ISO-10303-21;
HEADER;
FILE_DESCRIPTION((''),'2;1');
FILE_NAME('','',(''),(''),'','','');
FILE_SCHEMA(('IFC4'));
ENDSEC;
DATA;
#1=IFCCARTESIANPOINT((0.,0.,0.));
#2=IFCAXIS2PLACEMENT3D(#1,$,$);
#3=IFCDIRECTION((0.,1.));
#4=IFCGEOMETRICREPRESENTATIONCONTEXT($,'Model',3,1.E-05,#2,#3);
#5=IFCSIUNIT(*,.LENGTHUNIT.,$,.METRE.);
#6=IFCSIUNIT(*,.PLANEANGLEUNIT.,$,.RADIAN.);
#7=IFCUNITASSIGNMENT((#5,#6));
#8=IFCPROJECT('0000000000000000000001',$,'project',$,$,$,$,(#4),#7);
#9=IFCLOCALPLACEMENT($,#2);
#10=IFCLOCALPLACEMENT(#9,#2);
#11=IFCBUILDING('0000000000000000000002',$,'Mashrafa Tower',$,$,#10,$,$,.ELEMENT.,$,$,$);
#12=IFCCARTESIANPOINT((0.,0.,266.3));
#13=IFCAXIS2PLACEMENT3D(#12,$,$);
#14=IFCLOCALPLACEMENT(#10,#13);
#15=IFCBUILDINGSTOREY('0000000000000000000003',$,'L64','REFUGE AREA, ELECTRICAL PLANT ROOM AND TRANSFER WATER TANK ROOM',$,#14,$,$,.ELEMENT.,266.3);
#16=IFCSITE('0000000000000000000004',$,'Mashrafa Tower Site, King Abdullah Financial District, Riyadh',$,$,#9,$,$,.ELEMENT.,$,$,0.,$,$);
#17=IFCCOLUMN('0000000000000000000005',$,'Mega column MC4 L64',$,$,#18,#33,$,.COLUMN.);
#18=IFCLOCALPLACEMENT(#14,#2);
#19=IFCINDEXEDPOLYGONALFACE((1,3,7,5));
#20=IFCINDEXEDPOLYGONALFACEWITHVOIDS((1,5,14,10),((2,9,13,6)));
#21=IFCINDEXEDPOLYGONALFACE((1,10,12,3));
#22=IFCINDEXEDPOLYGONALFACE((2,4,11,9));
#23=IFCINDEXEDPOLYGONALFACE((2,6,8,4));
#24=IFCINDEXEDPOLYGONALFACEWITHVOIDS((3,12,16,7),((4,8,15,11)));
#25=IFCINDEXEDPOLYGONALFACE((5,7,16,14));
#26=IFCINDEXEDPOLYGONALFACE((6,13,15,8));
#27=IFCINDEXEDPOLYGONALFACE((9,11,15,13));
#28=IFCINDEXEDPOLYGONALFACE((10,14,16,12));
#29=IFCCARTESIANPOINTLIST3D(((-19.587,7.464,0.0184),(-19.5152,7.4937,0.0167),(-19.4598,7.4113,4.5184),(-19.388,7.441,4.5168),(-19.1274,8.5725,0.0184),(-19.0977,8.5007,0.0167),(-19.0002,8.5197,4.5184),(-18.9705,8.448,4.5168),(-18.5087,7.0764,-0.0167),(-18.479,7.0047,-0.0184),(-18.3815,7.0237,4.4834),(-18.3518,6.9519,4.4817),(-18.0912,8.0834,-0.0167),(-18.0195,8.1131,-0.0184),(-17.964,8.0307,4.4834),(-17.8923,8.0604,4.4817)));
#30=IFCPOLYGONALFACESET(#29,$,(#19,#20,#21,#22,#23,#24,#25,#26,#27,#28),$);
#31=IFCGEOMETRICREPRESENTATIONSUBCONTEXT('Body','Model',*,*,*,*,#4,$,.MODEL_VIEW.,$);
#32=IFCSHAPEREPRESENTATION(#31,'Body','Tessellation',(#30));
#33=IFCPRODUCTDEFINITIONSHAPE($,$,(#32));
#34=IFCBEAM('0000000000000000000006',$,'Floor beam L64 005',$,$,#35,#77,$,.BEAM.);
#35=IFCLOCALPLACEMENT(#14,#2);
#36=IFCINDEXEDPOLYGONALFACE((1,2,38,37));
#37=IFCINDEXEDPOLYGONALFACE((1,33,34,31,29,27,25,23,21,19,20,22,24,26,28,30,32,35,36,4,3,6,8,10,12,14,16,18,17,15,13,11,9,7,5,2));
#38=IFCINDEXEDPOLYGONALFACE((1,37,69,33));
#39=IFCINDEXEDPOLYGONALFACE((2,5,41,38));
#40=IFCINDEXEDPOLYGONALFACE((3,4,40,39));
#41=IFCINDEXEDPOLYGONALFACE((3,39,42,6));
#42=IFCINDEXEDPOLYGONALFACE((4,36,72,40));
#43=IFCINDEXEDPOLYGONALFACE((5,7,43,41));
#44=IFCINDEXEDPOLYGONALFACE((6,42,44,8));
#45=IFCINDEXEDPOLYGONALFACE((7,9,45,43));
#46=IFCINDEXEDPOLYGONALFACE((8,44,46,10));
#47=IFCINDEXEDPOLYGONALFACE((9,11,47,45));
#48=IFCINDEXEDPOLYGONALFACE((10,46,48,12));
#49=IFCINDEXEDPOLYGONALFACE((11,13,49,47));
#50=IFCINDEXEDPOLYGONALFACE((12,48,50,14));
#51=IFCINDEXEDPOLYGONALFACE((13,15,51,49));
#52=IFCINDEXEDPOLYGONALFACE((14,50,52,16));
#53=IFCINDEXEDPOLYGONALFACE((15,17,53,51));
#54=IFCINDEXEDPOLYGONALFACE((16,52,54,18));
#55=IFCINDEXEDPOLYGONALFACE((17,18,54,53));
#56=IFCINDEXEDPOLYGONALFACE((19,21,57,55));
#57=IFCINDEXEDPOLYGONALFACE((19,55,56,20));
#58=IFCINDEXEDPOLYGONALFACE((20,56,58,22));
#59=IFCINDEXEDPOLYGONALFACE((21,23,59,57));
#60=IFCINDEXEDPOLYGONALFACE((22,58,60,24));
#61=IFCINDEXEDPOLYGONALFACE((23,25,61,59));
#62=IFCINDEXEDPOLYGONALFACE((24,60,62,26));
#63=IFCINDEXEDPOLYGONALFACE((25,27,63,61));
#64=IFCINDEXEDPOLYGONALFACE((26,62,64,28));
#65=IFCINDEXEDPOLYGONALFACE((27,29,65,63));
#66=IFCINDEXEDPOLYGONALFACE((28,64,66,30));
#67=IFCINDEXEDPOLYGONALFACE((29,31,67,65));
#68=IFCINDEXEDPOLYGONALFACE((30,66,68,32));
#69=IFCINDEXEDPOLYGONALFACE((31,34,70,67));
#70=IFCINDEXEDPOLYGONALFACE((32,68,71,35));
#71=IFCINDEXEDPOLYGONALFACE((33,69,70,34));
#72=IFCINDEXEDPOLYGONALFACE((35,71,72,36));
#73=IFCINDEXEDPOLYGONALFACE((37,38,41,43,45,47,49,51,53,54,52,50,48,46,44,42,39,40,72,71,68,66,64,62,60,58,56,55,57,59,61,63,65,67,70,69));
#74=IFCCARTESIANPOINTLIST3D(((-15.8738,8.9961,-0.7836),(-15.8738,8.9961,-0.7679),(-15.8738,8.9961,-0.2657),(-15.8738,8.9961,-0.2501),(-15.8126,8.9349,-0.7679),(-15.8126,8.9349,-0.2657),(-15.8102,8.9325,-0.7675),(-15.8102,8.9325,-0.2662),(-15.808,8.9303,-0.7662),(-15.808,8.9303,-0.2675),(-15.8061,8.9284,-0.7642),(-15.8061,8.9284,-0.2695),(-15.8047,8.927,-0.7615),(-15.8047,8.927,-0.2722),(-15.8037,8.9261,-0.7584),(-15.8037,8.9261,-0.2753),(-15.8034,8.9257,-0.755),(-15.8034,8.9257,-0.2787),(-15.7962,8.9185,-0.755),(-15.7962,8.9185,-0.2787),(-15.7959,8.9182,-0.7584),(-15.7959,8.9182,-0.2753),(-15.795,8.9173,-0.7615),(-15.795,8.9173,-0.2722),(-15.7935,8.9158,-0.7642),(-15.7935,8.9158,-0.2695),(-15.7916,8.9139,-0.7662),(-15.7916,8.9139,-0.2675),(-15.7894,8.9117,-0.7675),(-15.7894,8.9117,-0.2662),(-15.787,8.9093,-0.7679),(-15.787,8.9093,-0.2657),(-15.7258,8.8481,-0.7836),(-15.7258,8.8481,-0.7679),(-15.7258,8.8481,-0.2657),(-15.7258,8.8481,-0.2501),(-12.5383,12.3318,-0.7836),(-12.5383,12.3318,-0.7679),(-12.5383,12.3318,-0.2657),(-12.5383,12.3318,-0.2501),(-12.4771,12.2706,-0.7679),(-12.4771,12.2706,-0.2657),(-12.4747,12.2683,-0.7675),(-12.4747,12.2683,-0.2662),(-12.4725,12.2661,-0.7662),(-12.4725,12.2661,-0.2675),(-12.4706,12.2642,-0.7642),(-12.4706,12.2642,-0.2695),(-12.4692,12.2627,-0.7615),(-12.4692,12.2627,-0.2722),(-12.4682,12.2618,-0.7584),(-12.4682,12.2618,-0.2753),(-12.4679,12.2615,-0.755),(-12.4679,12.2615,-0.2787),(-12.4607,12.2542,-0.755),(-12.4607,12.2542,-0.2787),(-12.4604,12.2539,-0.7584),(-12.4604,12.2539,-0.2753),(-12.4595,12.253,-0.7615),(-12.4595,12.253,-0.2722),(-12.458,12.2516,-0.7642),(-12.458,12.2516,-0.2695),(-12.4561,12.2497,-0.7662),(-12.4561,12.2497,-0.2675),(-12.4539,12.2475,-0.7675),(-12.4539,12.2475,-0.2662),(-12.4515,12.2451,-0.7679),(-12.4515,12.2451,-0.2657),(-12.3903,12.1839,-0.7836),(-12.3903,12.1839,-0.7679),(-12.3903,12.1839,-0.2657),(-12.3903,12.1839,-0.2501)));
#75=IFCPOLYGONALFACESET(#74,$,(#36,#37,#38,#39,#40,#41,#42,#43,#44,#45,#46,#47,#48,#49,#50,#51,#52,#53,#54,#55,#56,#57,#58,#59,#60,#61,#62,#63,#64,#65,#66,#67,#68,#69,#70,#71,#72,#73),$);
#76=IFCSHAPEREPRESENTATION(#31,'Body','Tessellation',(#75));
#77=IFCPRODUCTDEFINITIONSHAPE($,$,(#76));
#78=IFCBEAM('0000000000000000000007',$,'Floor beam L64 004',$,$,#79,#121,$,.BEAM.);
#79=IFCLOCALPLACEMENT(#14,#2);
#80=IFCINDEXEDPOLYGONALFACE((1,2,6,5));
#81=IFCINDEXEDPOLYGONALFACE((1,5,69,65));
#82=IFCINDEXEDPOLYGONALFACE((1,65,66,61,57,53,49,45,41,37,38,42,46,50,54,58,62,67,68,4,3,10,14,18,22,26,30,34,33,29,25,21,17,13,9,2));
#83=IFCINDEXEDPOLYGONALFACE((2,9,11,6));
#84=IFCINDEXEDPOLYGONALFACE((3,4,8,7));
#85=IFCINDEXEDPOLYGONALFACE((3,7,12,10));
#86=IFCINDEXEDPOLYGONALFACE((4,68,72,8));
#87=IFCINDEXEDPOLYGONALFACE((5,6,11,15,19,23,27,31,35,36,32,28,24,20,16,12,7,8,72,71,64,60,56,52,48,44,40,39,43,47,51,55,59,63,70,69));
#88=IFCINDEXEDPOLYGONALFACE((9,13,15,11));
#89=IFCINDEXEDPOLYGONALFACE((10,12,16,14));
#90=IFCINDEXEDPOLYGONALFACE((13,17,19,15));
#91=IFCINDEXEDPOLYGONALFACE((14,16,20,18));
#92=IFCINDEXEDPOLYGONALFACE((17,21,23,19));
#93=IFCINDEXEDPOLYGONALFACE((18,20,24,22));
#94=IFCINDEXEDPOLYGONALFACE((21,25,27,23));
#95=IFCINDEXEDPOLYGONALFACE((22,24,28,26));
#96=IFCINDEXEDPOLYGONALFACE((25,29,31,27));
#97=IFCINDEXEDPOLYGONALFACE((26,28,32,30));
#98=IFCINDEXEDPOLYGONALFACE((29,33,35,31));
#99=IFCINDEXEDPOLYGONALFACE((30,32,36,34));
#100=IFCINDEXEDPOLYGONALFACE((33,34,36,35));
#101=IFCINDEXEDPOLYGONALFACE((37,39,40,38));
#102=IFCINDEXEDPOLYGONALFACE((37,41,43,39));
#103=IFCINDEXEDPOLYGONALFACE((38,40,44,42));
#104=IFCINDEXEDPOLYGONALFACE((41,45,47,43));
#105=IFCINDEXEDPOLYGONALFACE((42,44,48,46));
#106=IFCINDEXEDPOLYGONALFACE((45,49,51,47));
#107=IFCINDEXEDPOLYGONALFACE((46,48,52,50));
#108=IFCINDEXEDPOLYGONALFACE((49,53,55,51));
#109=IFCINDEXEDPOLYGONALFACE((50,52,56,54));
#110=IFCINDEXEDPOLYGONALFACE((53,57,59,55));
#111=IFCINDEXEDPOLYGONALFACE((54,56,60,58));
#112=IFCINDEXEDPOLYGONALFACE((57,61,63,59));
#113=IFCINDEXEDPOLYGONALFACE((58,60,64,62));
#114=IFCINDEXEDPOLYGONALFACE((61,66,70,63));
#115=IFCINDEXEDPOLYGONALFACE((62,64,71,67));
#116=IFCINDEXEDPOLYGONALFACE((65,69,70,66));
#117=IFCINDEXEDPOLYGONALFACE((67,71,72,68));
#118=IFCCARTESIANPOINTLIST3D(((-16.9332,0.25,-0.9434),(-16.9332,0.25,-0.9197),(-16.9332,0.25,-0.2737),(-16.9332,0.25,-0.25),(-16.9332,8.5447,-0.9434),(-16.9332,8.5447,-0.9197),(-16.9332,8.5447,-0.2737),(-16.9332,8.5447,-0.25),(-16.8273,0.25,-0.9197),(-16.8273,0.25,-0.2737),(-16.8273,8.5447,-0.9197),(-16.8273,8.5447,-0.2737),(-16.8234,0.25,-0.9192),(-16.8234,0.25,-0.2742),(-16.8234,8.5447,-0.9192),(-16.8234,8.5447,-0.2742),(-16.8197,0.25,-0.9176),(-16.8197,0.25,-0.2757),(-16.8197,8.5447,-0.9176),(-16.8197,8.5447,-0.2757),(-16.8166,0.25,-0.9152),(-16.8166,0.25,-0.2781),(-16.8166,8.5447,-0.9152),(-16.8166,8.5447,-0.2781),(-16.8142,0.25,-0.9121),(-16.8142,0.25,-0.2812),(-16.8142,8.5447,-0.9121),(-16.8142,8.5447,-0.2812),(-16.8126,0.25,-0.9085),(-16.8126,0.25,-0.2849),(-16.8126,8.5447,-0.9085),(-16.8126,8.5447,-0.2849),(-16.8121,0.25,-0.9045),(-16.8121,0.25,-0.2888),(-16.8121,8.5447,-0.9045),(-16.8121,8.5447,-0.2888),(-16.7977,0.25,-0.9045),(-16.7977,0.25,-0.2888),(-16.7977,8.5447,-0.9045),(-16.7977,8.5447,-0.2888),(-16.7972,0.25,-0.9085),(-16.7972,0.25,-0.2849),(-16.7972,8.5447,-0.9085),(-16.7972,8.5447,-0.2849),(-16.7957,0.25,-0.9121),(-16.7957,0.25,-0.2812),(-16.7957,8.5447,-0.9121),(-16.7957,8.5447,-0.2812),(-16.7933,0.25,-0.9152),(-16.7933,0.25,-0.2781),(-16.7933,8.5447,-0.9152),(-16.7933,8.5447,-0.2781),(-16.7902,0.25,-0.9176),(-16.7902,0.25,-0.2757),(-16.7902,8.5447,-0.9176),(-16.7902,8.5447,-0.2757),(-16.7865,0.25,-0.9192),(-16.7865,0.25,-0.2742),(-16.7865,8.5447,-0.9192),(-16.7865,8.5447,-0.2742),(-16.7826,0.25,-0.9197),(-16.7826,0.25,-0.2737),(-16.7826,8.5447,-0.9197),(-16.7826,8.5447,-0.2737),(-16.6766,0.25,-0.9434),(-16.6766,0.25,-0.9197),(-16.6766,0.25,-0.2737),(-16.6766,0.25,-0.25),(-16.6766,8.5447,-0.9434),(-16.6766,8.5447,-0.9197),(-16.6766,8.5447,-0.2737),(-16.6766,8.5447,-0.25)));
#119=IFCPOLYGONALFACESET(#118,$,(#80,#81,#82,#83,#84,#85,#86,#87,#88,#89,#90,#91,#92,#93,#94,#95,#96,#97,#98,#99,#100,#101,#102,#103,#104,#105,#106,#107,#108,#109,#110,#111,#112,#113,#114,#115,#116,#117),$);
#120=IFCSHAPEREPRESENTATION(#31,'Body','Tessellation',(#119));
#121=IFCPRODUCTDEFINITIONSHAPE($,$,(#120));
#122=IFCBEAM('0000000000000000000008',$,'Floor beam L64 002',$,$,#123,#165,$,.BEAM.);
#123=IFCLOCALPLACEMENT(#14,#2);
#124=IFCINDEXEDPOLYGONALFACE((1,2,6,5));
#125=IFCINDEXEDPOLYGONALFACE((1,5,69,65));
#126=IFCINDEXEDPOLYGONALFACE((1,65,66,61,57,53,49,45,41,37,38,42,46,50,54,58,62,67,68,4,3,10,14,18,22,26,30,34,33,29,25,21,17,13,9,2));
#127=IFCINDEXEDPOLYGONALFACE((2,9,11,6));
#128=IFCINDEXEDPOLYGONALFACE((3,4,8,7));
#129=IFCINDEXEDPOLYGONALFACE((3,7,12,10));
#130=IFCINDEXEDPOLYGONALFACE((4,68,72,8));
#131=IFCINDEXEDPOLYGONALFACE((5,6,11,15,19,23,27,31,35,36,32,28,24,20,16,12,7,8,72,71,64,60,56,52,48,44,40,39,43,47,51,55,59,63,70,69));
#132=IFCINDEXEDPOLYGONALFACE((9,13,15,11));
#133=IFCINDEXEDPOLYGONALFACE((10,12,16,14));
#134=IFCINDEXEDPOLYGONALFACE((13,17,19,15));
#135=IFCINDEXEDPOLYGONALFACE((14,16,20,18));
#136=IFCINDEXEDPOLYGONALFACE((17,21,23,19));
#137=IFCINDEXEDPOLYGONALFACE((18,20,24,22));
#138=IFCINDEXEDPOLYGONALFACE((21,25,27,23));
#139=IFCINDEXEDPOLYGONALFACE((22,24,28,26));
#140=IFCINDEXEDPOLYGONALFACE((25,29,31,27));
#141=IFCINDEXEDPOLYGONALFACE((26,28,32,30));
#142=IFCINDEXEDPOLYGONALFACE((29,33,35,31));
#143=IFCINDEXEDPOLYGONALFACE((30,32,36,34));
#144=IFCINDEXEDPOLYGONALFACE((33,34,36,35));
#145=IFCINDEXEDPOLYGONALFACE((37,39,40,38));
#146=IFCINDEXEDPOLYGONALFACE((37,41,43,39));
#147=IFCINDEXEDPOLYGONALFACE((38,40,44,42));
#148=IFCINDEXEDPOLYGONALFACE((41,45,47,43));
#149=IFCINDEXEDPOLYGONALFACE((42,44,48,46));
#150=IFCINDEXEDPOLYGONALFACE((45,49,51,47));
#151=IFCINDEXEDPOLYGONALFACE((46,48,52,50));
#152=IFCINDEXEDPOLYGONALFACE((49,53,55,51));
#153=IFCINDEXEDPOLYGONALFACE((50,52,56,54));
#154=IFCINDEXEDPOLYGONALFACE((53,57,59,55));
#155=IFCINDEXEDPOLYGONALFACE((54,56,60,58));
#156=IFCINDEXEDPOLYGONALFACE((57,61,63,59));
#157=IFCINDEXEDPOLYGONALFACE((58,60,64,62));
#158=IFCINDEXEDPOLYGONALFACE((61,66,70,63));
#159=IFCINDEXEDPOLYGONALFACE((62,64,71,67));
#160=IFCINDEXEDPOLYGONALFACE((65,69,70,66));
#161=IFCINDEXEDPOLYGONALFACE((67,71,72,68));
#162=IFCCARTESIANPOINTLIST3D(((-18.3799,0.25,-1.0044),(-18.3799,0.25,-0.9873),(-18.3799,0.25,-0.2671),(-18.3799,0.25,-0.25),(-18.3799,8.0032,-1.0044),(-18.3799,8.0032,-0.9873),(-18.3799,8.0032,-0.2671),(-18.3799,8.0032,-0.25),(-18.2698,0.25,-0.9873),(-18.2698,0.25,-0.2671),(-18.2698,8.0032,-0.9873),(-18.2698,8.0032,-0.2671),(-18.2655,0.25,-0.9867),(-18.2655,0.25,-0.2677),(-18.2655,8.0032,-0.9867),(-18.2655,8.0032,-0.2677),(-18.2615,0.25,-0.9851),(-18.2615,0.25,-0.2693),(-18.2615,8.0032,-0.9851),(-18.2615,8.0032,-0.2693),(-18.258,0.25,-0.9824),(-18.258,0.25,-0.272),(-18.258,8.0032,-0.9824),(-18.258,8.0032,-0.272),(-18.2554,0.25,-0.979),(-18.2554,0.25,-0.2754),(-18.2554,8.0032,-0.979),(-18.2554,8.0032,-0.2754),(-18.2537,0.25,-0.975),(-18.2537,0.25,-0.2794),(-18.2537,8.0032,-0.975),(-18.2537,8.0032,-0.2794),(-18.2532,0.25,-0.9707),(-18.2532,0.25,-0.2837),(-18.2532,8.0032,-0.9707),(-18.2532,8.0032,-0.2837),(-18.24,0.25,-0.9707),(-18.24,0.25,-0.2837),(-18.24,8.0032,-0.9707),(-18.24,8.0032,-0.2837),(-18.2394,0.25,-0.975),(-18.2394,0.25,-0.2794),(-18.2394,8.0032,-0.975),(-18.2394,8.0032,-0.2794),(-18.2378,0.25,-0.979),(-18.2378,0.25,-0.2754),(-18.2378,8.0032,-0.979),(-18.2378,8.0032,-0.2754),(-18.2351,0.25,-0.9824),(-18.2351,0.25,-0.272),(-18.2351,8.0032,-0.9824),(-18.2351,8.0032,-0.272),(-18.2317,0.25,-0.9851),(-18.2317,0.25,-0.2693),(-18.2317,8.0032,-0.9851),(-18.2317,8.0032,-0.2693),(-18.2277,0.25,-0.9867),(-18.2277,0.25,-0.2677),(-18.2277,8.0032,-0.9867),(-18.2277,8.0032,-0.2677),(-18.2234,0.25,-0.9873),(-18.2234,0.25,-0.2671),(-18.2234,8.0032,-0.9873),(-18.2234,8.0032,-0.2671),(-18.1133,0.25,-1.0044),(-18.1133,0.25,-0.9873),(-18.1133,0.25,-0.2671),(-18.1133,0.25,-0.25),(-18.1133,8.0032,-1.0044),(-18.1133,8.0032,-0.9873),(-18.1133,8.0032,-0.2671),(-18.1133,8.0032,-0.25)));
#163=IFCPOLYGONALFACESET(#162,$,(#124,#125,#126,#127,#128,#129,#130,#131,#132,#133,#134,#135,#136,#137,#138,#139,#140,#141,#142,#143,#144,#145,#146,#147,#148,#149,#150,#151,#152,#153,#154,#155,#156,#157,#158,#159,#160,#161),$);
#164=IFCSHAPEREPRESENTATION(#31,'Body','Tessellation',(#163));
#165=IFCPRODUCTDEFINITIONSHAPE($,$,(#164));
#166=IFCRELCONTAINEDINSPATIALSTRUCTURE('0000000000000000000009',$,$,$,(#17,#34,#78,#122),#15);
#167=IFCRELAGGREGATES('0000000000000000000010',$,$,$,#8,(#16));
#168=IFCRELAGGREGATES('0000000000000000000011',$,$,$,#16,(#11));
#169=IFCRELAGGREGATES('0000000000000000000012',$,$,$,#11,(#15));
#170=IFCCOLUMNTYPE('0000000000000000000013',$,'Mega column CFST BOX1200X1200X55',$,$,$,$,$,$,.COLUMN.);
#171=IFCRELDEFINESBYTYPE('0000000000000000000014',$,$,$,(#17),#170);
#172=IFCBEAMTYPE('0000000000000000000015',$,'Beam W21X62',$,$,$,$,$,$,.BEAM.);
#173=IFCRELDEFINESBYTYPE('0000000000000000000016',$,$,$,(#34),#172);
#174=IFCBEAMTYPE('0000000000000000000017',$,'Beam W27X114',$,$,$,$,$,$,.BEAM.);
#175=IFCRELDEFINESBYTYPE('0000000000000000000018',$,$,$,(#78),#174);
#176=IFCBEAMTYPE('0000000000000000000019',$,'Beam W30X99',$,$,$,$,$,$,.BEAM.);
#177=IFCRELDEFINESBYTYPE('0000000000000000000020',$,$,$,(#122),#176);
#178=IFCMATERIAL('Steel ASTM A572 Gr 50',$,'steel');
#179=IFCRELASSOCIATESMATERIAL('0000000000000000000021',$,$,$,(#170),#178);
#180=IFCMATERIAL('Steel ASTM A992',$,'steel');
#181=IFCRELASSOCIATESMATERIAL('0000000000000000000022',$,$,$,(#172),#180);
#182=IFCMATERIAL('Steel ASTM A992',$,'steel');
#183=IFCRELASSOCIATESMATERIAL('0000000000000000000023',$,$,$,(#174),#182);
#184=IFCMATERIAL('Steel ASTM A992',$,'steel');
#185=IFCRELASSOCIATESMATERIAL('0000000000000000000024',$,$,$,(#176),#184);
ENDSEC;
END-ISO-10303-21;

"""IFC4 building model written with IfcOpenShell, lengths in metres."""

from ifc_helpers import new_model, si_unit, direction, frame, origin, origin_2d, place, context, subcontext, project, spatial, hollow_rectangle, i_section, extrude, material, material_profile, profile_set, type_object, element, save


model = new_model("IFC4")

# Units and contexts
model_context = context("Model", 3, precision=1e-05, world=origin(), true_north=direction((0.0, 1.0)))
body_context = subcontext(model_context, "Body", "Model", "MODEL_VIEW")
ifc_project = project(units=[si_unit("LENGTHUNIT", "METRE"), si_unit("PLANEANGLEUNIT", "RADIAN")], contexts=[model_context])

# Site, building, storey
site_placement = place(None, origin())
site = spatial("IfcSite", under=ifc_project, at=site_placement, Name="Mashrafa Tower Site, King Abdullah Financial District, Riyadh", CompositionType="ELEMENT", RefElevation=0.0)
building_placement = place(site_placement, origin())
building = spatial("IfcBuilding", under=site, at=building_placement, Name="Mashrafa Tower", CompositionType="ELEMENT")
storey_placement = place(building_placement, frame((0.0, 0.0, 266.3)))
storey = spatial("IfcBuildingStorey", under=building, at=storey_placement, Name="L64", Description="REFUGE AREA, ELECTRICAL PLANT ROOM AND TRANSFER WATER TANK ROOM", CompositionType="ELEMENT", Elevation=266.3)

# Column
ifc_material_1 = material(Name="Steel ASTM A572 Gr 50", Category="steel")
ifc_material_profile_1 = material_profile(ifc_material_1, hollow_rectangle(XDim=1.2, YDim=1.2, WallThickness=0.0549, at=origin_2d()), Name="BOX1200X1200X55")
ifc_profile_set_1 = profile_set([ifc_material_profile_1], Name="Steel ASTM A572 Gr 50")
column_type = type_object("IfcColumnType", Name="Mega column CFST BOX1200X1200X55", PredefinedType="COLUMN", material=ifc_profile_set_1)
column_placement = place(storey_placement, frame((-18.8032, 7.7886, 0.0), z_axis=(0.028253, -0.011713, 0.999532), x_axis=(0.382978, 0.923757, 0.0)))
element("IfcColumn", 1, at=column_placement, inside=storey, type_object=column_type, Name="Mega column MC4 L64", PredefinedType="COLUMN", context=body_context, shape_type="SweptSolid", body=[
    extrude(hollow_rectangle(XDim=1.2, YDim=1.2, WallThickness=0.0549, at=origin_2d()), origin(), (0.0, 0.0, 1.0), 4.5022),
])

# Beams
ifc_material_2 = material(Name="Steel ASTM A992", Category="steel")
ifc_material_profile_2 = material_profile(ifc_material_2, i_section(OverallWidth=0.2092, OverallDepth=0.5334, WebThickness=0.0103, FlangeThickness=0.0156, FilletRadius=0.0129, at=origin_2d()), Name="W21X62")
ifc_profile_set_2 = profile_set([ifc_material_profile_2], Name="Steel ASTM A992")
beam_type_1 = type_object("IfcBeamType", Name="Beam W21X62", PredefinedType="BEAM", material=ifc_profile_set_2)
beam_1_placement = place(storey_placement, frame((-15.7998, 8.9221, -0.5168), z_axis=(0.707081, 0.707133, 0.0), x_axis=(-0.707133, 0.707081, 0.0)))
element("IfcBeam", 2, at=beam_1_placement, inside=storey, type_object=beam_type_1, Name="Floor beam L64 005", PredefinedType="BEAM", context=body_context, shape_type="SweptSolid", body=[
    extrude(i_section(OverallWidth=0.2092, OverallDepth=0.5334, WebThickness=0.0103, FlangeThickness=0.0156, FilletRadius=0.0129, at=origin_2d()), origin(), (0.0, 0.0, 1.0), 4.7173),
])
ifc_material_3 = material(Name="Steel ASTM A992", Category="steel")
ifc_material_profile_3 = material_profile(ifc_material_3, i_section(OverallWidth=0.2566, OverallDepth=0.6934, WebThickness=0.0144, FlangeThickness=0.0237, FilletRadius=0.0151, at=origin_2d()), Name="W27X114")
ifc_profile_set_3 = profile_set([ifc_material_profile_3], Name="Steel ASTM A992")
beam_type_2 = type_object("IfcBeamType", Name="Beam W27X114", PredefinedType="BEAM", material=ifc_profile_set_3)
beam_2_placement = place(storey_placement, frame((-16.8049, 0.25, -0.5967), z_axis=(0.0, 1.0, 0.0), x_axis=(-1.0, 0.0, 0.0)))
element("IfcBeam", 3, at=beam_2_placement, inside=storey, type_object=beam_type_2, Name="Floor beam L64 004", PredefinedType="BEAM", context=body_context, shape_type="SweptSolid", body=[
    extrude(i_section(OverallWidth=0.2566, OverallDepth=0.6934, WebThickness=0.0144, FlangeThickness=0.0237, FilletRadius=0.0151, at=origin_2d()), origin(), (0.0, 0.0, 1.0), 8.2947),
])
ifc_material_4 = material(Name="Steel ASTM A992", Category="steel")
ifc_material_profile_4 = material_profile(ifc_material_4, i_section(OverallWidth=0.2666, OverallDepth=0.7544, WebThickness=0.0132, FlangeThickness=0.0171, FilletRadius=0.0166, at=origin_2d()), Name="W30X99")
ifc_profile_set_4 = profile_set([ifc_material_profile_4], Name="Steel ASTM A992")
beam_type_3 = type_object("IfcBeamType", Name="Beam W30X99", PredefinedType="BEAM", material=ifc_profile_set_4)
beam_3_placement = place(storey_placement, frame((-18.2466, 0.25, -0.6272), z_axis=(0.0, 1.0, 0.0), x_axis=(-1.0, 0.0, 0.0)))
element("IfcBeam", 4, at=beam_3_placement, inside=storey, type_object=beam_type_3, Name="Floor beam L64 002", PredefinedType="BEAM", context=body_context, shape_type="SweptSolid", body=[
    extrude(i_section(OverallWidth=0.2666, OverallDepth=0.7544, WebThickness=0.0132, FlangeThickness=0.0171, FilletRadius=0.0166, at=origin_2d()), origin(), (0.0, 0.0, 1.0), 7.7532),
])

save(model, "model.ifc")
